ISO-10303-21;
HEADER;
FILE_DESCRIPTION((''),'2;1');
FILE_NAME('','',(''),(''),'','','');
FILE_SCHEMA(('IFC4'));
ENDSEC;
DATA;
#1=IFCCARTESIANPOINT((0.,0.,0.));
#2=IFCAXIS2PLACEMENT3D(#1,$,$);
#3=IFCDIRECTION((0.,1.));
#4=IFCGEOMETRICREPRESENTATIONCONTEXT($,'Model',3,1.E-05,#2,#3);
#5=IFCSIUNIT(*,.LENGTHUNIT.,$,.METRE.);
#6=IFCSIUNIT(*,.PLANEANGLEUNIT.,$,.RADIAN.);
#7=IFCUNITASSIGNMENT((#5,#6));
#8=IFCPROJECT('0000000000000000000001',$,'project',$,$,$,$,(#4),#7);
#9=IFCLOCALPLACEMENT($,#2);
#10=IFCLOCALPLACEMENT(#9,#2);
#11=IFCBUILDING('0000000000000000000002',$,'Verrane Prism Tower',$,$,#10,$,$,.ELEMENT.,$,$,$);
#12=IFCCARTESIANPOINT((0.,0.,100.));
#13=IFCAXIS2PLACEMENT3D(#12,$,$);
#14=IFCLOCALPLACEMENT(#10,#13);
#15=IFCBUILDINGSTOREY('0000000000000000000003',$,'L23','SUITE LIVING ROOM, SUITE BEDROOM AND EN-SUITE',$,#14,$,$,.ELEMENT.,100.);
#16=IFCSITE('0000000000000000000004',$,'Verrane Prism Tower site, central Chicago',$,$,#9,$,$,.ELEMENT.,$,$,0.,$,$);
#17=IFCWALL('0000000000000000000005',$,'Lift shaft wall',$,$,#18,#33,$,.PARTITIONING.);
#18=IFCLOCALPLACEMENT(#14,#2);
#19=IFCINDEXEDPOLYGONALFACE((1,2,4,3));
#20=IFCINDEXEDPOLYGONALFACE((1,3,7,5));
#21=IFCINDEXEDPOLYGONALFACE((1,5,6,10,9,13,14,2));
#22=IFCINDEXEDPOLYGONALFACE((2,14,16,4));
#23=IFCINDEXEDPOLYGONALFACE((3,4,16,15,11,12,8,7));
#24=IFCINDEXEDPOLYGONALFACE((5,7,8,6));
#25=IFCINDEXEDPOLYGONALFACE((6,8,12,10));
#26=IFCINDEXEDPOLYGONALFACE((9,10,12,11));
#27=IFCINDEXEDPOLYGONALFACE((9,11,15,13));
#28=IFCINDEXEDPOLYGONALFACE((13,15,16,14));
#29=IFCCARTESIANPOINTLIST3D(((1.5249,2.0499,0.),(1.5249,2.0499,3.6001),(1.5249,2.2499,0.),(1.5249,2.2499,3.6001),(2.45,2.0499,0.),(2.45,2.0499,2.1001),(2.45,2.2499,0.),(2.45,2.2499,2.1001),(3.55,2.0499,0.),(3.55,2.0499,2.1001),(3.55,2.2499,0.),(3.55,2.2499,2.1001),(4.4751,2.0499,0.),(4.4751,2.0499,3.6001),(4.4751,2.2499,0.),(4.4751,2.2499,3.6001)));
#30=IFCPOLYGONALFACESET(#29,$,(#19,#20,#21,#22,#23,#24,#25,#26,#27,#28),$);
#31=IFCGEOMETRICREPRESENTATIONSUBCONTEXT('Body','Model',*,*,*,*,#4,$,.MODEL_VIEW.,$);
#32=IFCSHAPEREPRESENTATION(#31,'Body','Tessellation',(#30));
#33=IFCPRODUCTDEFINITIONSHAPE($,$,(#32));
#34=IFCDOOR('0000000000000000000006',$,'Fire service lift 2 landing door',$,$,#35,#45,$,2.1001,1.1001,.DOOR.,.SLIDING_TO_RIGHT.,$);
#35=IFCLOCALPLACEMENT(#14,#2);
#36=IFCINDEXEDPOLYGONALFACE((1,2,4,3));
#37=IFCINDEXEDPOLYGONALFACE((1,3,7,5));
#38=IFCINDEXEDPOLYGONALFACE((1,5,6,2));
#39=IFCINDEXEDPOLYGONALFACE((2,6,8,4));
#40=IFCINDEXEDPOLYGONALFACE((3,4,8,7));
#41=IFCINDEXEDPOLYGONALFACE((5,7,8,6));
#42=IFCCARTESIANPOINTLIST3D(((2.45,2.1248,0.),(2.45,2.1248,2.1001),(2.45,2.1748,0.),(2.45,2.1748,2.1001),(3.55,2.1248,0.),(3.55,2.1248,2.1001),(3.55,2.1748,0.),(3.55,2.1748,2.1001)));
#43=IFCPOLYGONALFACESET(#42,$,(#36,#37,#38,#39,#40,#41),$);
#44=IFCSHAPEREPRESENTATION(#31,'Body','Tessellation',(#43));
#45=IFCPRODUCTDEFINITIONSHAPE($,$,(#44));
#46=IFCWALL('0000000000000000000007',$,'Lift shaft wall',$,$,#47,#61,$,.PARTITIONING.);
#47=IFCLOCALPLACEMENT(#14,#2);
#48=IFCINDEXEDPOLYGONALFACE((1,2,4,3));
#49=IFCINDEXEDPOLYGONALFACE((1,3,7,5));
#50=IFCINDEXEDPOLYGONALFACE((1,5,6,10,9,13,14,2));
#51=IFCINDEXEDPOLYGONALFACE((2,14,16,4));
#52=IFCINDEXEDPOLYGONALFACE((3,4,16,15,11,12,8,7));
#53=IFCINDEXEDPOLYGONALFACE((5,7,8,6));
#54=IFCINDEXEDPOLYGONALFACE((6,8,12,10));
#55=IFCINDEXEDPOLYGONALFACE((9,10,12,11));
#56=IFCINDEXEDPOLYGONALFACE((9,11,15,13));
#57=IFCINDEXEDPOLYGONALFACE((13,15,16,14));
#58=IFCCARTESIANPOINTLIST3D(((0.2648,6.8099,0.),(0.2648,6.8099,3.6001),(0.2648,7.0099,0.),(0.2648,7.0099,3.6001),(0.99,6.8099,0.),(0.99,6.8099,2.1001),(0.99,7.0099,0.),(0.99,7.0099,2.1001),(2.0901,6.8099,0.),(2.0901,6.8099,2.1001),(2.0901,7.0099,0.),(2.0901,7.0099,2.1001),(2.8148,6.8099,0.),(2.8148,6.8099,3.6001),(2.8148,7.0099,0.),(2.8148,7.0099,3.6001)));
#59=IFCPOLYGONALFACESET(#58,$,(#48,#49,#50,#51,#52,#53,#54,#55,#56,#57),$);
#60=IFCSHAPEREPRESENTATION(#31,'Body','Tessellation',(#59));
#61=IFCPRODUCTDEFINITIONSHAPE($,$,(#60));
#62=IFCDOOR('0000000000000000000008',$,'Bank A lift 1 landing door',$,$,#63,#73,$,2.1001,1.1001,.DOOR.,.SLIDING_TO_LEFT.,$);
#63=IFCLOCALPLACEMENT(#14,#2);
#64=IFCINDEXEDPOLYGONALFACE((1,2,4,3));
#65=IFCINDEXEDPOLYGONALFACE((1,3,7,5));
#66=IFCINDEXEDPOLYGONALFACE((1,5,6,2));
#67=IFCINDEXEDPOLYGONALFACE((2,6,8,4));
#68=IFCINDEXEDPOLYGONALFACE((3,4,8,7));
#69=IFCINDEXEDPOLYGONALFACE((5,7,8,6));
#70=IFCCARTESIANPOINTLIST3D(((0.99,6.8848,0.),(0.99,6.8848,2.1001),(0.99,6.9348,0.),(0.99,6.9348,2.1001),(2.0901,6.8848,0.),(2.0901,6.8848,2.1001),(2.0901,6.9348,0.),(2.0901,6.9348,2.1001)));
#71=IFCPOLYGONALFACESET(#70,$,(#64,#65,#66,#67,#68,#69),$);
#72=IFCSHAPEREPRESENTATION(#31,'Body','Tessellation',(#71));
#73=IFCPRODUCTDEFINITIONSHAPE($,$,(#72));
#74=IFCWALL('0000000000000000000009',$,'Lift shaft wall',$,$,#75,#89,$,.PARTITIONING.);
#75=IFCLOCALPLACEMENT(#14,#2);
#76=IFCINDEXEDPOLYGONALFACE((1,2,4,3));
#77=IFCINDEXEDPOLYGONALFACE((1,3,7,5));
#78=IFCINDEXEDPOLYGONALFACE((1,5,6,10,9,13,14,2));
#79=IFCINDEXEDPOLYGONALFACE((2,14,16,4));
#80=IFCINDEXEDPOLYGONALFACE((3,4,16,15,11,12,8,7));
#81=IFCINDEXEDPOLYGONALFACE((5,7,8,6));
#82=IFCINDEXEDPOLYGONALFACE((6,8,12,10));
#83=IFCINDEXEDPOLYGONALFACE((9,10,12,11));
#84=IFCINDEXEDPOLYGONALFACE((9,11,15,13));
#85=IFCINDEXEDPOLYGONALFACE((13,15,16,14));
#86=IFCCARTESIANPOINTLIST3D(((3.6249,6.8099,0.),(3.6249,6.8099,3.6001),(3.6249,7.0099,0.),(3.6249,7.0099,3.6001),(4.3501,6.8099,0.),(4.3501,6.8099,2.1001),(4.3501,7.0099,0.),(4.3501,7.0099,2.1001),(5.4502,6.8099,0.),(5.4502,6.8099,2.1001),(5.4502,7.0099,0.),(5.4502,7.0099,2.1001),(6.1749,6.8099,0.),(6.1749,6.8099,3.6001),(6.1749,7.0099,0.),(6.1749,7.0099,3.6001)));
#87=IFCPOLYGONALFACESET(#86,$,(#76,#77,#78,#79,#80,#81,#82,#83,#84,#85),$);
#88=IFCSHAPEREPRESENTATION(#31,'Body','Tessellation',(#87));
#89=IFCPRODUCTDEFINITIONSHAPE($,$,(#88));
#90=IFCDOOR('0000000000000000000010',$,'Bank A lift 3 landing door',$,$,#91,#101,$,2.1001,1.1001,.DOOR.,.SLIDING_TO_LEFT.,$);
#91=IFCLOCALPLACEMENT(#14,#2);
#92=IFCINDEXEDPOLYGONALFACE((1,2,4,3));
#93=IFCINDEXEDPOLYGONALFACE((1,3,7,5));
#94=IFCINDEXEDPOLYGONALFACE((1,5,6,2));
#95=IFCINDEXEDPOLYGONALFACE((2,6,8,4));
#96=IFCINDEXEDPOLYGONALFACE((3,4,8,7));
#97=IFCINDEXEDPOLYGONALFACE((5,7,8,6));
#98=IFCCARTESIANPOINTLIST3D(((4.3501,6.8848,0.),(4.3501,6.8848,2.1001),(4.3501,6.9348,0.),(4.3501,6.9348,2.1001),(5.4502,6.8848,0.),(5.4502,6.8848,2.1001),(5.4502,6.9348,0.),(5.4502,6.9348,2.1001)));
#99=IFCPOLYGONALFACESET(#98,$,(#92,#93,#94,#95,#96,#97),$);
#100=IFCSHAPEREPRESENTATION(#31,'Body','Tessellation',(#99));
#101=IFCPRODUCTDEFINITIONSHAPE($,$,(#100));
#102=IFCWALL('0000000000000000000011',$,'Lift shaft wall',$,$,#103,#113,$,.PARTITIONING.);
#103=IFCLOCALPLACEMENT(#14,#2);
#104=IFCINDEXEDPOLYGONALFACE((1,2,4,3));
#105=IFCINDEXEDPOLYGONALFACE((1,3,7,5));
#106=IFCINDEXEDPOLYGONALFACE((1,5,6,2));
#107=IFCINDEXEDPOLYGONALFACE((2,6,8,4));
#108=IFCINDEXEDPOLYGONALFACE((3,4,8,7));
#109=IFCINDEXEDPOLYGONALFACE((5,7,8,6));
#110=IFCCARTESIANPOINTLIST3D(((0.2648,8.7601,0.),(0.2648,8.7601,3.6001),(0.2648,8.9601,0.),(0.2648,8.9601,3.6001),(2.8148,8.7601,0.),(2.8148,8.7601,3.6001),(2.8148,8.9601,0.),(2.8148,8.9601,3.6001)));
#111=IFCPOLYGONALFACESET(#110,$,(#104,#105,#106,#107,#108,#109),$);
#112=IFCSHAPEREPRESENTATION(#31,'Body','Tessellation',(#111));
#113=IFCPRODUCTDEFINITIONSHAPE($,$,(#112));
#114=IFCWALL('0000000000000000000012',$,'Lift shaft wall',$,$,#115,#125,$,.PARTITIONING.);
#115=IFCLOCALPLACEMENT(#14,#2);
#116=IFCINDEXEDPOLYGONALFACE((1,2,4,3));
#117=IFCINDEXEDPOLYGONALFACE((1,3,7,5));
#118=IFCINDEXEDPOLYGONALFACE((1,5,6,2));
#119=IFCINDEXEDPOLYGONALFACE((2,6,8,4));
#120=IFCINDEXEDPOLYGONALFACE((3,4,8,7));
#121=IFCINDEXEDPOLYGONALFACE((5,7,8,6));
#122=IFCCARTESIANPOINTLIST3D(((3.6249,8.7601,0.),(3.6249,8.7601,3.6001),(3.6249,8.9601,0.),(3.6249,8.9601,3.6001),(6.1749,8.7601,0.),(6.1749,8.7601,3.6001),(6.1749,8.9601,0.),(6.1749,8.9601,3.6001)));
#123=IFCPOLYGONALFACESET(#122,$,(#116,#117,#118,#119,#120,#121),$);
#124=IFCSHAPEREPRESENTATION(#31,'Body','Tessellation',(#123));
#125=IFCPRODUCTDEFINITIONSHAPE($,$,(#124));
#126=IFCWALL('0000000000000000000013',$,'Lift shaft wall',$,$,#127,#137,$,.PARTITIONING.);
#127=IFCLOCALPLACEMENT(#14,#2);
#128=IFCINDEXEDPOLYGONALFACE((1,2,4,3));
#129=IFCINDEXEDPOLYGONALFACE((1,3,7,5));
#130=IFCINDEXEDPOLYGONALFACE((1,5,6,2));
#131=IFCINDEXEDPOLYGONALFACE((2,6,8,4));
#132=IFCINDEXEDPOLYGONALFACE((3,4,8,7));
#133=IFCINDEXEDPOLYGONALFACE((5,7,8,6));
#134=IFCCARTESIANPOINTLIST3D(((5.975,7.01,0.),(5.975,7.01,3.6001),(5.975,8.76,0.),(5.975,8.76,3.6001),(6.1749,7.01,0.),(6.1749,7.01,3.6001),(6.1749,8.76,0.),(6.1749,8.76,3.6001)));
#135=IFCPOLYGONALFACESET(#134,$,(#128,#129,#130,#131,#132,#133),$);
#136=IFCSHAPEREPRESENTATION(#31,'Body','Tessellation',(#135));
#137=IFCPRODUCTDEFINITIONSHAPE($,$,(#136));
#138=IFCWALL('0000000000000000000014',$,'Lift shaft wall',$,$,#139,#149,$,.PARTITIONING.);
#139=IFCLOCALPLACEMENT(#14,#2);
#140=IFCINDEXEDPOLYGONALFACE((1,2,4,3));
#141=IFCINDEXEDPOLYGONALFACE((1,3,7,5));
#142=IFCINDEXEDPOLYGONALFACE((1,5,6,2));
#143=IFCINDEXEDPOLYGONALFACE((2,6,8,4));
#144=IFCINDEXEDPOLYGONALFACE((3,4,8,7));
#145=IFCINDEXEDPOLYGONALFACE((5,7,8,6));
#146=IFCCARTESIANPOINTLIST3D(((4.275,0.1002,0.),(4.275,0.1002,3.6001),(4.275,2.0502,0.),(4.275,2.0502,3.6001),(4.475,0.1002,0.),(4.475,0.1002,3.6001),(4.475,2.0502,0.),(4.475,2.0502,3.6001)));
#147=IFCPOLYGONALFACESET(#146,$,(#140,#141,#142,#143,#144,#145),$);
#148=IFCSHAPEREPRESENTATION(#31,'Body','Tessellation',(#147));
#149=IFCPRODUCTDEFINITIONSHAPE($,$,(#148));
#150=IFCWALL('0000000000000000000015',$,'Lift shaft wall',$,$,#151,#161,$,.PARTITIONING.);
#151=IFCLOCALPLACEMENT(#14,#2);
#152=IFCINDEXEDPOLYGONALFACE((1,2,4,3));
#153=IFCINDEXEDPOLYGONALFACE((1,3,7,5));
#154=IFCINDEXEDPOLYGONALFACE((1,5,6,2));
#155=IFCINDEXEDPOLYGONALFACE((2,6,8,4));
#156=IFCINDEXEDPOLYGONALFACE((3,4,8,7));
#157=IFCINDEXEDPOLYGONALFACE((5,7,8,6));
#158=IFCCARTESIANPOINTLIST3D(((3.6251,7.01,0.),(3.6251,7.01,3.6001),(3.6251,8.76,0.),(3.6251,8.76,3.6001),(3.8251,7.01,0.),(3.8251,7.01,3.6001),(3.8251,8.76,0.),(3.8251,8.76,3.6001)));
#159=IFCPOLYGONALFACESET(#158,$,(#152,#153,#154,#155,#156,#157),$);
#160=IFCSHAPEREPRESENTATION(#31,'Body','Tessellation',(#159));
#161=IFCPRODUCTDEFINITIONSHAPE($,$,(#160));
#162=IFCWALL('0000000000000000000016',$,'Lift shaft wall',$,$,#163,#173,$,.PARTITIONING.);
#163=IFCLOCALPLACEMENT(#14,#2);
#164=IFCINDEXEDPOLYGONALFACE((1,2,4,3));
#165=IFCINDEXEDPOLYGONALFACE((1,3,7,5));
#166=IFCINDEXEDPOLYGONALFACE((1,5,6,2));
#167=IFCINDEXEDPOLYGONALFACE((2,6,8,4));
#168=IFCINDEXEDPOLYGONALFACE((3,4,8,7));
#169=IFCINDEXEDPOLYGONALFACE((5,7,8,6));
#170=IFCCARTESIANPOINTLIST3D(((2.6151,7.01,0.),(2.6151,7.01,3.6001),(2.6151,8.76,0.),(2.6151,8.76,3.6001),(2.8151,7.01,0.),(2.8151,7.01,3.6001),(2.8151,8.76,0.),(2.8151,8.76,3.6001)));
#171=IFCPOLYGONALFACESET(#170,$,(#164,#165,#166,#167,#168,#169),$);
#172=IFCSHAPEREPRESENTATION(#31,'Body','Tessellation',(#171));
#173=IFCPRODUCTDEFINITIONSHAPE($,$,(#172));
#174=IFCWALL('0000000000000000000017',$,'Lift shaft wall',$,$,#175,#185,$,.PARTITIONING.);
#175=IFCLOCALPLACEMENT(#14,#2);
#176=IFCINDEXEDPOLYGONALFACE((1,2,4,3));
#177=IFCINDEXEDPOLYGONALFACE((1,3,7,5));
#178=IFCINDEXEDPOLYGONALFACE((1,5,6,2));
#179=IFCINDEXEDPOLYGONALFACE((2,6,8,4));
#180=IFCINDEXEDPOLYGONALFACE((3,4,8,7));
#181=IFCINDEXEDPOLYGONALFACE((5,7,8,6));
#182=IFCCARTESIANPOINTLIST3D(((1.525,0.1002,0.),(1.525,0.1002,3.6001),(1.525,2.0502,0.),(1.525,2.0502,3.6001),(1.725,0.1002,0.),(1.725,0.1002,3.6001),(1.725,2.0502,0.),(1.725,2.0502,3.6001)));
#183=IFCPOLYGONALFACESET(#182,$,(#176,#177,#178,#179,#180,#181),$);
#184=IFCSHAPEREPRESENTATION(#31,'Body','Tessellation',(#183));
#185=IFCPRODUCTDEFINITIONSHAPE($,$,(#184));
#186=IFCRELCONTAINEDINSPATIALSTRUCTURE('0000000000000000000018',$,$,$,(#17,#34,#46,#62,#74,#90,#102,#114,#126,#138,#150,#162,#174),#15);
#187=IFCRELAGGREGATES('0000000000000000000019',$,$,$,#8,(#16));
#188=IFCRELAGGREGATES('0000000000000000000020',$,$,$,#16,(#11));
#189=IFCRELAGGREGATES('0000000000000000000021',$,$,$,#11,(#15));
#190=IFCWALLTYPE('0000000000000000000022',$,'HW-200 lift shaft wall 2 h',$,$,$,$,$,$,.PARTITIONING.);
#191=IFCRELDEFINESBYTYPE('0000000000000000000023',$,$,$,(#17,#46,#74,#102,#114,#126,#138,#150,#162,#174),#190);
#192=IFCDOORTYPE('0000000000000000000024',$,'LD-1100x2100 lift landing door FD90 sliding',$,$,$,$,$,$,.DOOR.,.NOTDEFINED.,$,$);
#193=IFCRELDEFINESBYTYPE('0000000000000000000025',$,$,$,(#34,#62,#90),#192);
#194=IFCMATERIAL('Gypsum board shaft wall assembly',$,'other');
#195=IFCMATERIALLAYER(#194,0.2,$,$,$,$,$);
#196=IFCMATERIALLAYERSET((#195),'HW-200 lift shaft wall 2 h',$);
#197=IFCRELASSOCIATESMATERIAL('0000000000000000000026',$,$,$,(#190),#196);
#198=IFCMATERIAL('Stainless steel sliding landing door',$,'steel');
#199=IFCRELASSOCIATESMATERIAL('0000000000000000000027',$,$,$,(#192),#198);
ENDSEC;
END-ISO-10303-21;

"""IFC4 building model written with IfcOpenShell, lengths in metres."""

from ifc_helpers import new_model, si_unit, direction, frame, frame_2d, origin, place, context, subcontext, project, spatial, rectangle, extrude, material, layer, layer_set, type_object, element, fill, save


model = new_model("IFC4")

# Units and contexts
model_context = context("Model", 3, precision=1e-05, world=origin(), true_north=direction((0.0, 1.0)))
body_context = subcontext(model_context, "Body", "Model", "MODEL_VIEW")
ifc_project = project(units=[si_unit("LENGTHUNIT", "METRE"), si_unit("PLANEANGLEUNIT", "RADIAN")], contexts=[model_context])

# Site, building, storey
site_placement = place(None, origin())
site = spatial("IfcSite", under=ifc_project, at=site_placement, Name="Verrane Prism Tower site, central Chicago", CompositionType="ELEMENT", RefElevation=0.0)
building_placement = place(site_placement, origin())
building = spatial("IfcBuilding", under=site, at=building_placement, Name="Verrane Prism Tower", CompositionType="ELEMENT")
storey_placement = place(building_placement, frame((0.0, 0.0, 100.0)))
storey = spatial("IfcBuildingStorey", under=building, at=storey_placement, Name="L23", Description="SUITE LIVING ROOM, SUITE BEDROOM AND EN-SUITE", CompositionType="ELEMENT", Elevation=100.0)

# Walls, openings, doors
ifc_material_1 = material(Name="Gypsum board shaft wall assembly", Category="other")
ifc_layer_1 = layer(ifc_material_1, 0.2)
ifc_layer_set_1 = layer_set([ifc_layer_1], Name="HW-200 lift shaft wall 2 h")
wall_type_1 = type_object("IfcWallType", Name="HW-200 lift shaft wall 2 h", PredefinedType="PARTITIONING", material=ifc_layer_set_1)
wall_1_placement = place(storey_placement, frame((1.5249, 2.1499, 0.0), z_axis=(0.0, 0.0, 1.0), x_axis=(1.0, 0.0, 0.0)))
wall_1 = element("IfcWall", 1, at=wall_1_placement, inside=storey, type_object=wall_type_1, Name="Lift shaft wall", PredefinedType="PARTITIONING", context=body_context, shape_type="SweptSolid", body=[
    extrude(rectangle(XDim=2.9502, YDim=0.2, at=frame_2d((1.4751, 0.0))), origin(), (0.0, 0.0, 1.0), 3.6001),
])
opening_1_placement = place(wall_1_placement, frame((0.925, 0.0, 0.0)))
opening_1 = element("IfcOpeningElement", 2, at=opening_1_placement, cuts=wall_1, PredefinedType="OPENING", context=body_context, shape_type="SweptSolid", body=[
    extrude(rectangle(XDim=1.1001, YDim=2.1001, at=frame_2d((0.55, 1.05))), frame((0.0, 0.1099, 0.0), z_axis=(0.0, -1.0, 0.0), x_axis=(1.0, 0.0, 0.0)), (0.0, 0.0, 1.0), 0.22),
])
ifc_material_2 = material(Name="Stainless steel sliding landing door", Category="steel")
door_type_1 = type_object("IfcDoorType", Name="LD-1100x2100 lift landing door FD90 sliding", OperationType="NOTDEFINED", PredefinedType="DOOR", material=ifc_material_2)
door_1_placement = place(opening_1_placement, origin())
door_1 = element("IfcDoor", 3, at=door_1_placement, inside=storey, type_object=door_type_1, Name="Fire service lift 2 landing door", OperationType="SLIDING_TO_RIGHT", OverallHeight=2.1001, OverallWidth=1.1001, PredefinedType="DOOR", context=body_context, shape_type="SweptSolid", body=[
    extrude(rectangle(XDim=1.1001, YDim=2.1001, at=frame_2d((0.55, 1.05))), frame((0.0, 0.0249, 0.0), z_axis=(0.0, -1.0, 0.0), x_axis=(1.0, 0.0, 0.0)), (0.0, 0.0, 1.0), 0.05),
])
fill(opening_1, door_1)
wall_2_placement = place(storey_placement, frame((0.2649, 6.9099, 0.0), z_axis=(0.0, 0.0, 1.0), x_axis=(1.0, 0.0, 0.0)))
wall_2 = element("IfcWall", 4, at=wall_2_placement, inside=storey, type_object=wall_type_1, Name="Lift shaft wall", PredefinedType="PARTITIONING", context=body_context, shape_type="SweptSolid", body=[
    extrude(rectangle(XDim=2.55, YDim=0.2, at=frame_2d((1.2749, 0.0))), origin(), (0.0, 0.0, 1.0), 3.6001),
])
opening_2_placement = place(wall_2_placement, frame((0.7251, 0.0, 0.0)))
opening_2 = element("IfcOpeningElement", 5, at=opening_2_placement, cuts=wall_2, PredefinedType="OPENING", context=body_context, shape_type="SweptSolid", body=[
    extrude(rectangle(XDim=1.1001, YDim=2.1001, at=frame_2d((0.55, 1.05))), frame((0.0, 0.1099, 0.0), z_axis=(0.0, -1.0, 0.0), x_axis=(1.0, 0.0, 0.0)), (0.0, 0.0, 1.0), 0.22),
])
door_2_placement = place(opening_2_placement, origin())
door_2 = element("IfcDoor", 6, at=door_2_placement, inside=storey, type_object=door_type_1, Name="Bank A lift 1 landing door", OperationType="SLIDING_TO_LEFT", OverallHeight=2.1001, OverallWidth=1.1001, PredefinedType="DOOR", context=body_context, shape_type="SweptSolid", body=[
    extrude(rectangle(XDim=1.1001, YDim=2.1001, at=frame_2d((0.55, 1.05))), frame((0.0, 0.0249, 0.0), z_axis=(0.0, -1.0, 0.0), x_axis=(1.0, 0.0, 0.0)), (0.0, 0.0, 1.0), 0.05),
])
fill(opening_2, door_2)
wall_3_placement = place(storey_placement, frame((3.625, 6.9099, 0.0), z_axis=(0.0, 0.0, 1.0), x_axis=(1.0, 0.0, 0.0)))
wall_3 = element("IfcWall", 7, at=wall_3_placement, inside=storey, type_object=wall_type_1, Name="Lift shaft wall", PredefinedType="PARTITIONING", context=body_context, shape_type="SweptSolid", body=[
    extrude(rectangle(XDim=2.55, YDim=0.2, at=frame_2d((1.2749, 0.0))), origin(), (0.0, 0.0, 1.0), 3.6001),
])
opening_3_placement = place(wall_3_placement, frame((0.7251, 0.0, 0.0)))
opening_3 = element("IfcOpeningElement", 8, at=opening_3_placement, cuts=wall_3, PredefinedType="OPENING", context=body_context, shape_type="SweptSolid", body=[
    extrude(rectangle(XDim=1.1001, YDim=2.1001, at=frame_2d((0.55, 1.05))), frame((0.0, 0.1099, 0.0), z_axis=(0.0, -1.0, 0.0), x_axis=(1.0, 0.0, 0.0)), (0.0, 0.0, 1.0), 0.22),
])
door_3_placement = place(opening_3_placement, origin())
door_3 = element("IfcDoor", 9, at=door_3_placement, inside=storey, type_object=door_type_1, Name="Bank A lift 3 landing door", OperationType="SLIDING_TO_LEFT", OverallHeight=2.1001, OverallWidth=1.1001, PredefinedType="DOOR", context=body_context, shape_type="SweptSolid", body=[
    extrude(rectangle(XDim=1.1001, YDim=2.1001, at=frame_2d((0.55, 1.05))), frame((0.0, 0.0249, 0.0), z_axis=(0.0, -1.0, 0.0), x_axis=(1.0, 0.0, 0.0)), (0.0, 0.0, 1.0), 0.05),
])
fill(opening_3, door_3)

# Walls
for number, where, z_axis, x_axis, name in (
    (10, (0.2649, 8.8601, 0.0), (0.0, 0.0, 1.0), (1.0, 0.0, 0.0), "Lift shaft wall"),
    (11, (3.625, 8.8601, 0.0), (0.0, 0.0, 1.0), (1.0, 0.0, 0.0), "Lift shaft wall"),
):
    element("IfcWall", number, at=place(storey_placement, frame(where, z_axis=z_axis, x_axis=x_axis)), inside=storey, type_object=wall_type_1, Name=name, PredefinedType="PARTITIONING", context=body_context, shape_type="SweptSolid", body=[
        extrude(rectangle(XDim=2.55, YDim=0.2, at=frame_2d((1.2749, 0.0))), origin(), (0.0, 0.0, 1.0), 3.6001),
    ])
wall_4_placement = place(storey_placement, frame((6.075, 7.01, 0.0), z_axis=(0.0, 0.0, 1.0), x_axis=(0.0, 1.0, 0.0)))
element("IfcWall", 12, at=wall_4_placement, inside=storey, type_object=wall_type_1, Name="Lift shaft wall", PredefinedType="PARTITIONING", context=body_context, shape_type="SweptSolid", body=[
    extrude(rectangle(XDim=1.75, YDim=0.2, at=frame_2d((0.875, 0.0))), origin(), (0.0, 0.0, 1.0), 3.6001),
])
wall_5_placement = place(storey_placement, frame((4.375, 0.1001, 0.0), z_axis=(0.0, 0.0, 1.0), x_axis=(0.0, 1.0, 0.0)))
element("IfcWall", 13, at=wall_5_placement, inside=storey, type_object=wall_type_1, Name="Lift shaft wall", PredefinedType="PARTITIONING", context=body_context, shape_type="SweptSolid", body=[
    extrude(rectangle(XDim=1.95, YDim=0.2, at=frame_2d((0.9751, 0.0))), origin(), (0.0, 0.0, 1.0), 3.6001),
])
for number, where, z_axis, x_axis, name in (
    (14, (3.7251, 7.01, 0.0), (0.0, 0.0, 1.0), (0.0, 1.0, 0.0), "Lift shaft wall"),
    (15, (2.7151, 7.01, 0.0), (0.0, 0.0, 1.0), (0.0, 1.0, 0.0), "Lift shaft wall"),
):
    element("IfcWall", number, at=place(storey_placement, frame(where, z_axis=z_axis, x_axis=x_axis)), inside=storey, type_object=wall_type_1, Name=name, PredefinedType="PARTITIONING", context=body_context, shape_type="SweptSolid", body=[
        extrude(rectangle(XDim=1.75, YDim=0.2, at=frame_2d((0.875, 0.0))), origin(), (0.0, 0.0, 1.0), 3.6001),
    ])
wall_6_placement = place(storey_placement, frame((1.625, 0.1001, 0.0), z_axis=(0.0, 0.0, 1.0), x_axis=(0.0, 1.0, 0.0)))
element("IfcWall", 16, at=wall_6_placement, inside=storey, type_object=wall_type_1, Name="Lift shaft wall", PredefinedType="PARTITIONING", context=body_context, shape_type="SweptSolid", body=[
    extrude(rectangle(XDim=1.95, YDim=0.2, at=frame_2d((0.9751, 0.0))), origin(), (0.0, 0.0, 1.0), 3.6001),
])

save(model, "model.ifc")
